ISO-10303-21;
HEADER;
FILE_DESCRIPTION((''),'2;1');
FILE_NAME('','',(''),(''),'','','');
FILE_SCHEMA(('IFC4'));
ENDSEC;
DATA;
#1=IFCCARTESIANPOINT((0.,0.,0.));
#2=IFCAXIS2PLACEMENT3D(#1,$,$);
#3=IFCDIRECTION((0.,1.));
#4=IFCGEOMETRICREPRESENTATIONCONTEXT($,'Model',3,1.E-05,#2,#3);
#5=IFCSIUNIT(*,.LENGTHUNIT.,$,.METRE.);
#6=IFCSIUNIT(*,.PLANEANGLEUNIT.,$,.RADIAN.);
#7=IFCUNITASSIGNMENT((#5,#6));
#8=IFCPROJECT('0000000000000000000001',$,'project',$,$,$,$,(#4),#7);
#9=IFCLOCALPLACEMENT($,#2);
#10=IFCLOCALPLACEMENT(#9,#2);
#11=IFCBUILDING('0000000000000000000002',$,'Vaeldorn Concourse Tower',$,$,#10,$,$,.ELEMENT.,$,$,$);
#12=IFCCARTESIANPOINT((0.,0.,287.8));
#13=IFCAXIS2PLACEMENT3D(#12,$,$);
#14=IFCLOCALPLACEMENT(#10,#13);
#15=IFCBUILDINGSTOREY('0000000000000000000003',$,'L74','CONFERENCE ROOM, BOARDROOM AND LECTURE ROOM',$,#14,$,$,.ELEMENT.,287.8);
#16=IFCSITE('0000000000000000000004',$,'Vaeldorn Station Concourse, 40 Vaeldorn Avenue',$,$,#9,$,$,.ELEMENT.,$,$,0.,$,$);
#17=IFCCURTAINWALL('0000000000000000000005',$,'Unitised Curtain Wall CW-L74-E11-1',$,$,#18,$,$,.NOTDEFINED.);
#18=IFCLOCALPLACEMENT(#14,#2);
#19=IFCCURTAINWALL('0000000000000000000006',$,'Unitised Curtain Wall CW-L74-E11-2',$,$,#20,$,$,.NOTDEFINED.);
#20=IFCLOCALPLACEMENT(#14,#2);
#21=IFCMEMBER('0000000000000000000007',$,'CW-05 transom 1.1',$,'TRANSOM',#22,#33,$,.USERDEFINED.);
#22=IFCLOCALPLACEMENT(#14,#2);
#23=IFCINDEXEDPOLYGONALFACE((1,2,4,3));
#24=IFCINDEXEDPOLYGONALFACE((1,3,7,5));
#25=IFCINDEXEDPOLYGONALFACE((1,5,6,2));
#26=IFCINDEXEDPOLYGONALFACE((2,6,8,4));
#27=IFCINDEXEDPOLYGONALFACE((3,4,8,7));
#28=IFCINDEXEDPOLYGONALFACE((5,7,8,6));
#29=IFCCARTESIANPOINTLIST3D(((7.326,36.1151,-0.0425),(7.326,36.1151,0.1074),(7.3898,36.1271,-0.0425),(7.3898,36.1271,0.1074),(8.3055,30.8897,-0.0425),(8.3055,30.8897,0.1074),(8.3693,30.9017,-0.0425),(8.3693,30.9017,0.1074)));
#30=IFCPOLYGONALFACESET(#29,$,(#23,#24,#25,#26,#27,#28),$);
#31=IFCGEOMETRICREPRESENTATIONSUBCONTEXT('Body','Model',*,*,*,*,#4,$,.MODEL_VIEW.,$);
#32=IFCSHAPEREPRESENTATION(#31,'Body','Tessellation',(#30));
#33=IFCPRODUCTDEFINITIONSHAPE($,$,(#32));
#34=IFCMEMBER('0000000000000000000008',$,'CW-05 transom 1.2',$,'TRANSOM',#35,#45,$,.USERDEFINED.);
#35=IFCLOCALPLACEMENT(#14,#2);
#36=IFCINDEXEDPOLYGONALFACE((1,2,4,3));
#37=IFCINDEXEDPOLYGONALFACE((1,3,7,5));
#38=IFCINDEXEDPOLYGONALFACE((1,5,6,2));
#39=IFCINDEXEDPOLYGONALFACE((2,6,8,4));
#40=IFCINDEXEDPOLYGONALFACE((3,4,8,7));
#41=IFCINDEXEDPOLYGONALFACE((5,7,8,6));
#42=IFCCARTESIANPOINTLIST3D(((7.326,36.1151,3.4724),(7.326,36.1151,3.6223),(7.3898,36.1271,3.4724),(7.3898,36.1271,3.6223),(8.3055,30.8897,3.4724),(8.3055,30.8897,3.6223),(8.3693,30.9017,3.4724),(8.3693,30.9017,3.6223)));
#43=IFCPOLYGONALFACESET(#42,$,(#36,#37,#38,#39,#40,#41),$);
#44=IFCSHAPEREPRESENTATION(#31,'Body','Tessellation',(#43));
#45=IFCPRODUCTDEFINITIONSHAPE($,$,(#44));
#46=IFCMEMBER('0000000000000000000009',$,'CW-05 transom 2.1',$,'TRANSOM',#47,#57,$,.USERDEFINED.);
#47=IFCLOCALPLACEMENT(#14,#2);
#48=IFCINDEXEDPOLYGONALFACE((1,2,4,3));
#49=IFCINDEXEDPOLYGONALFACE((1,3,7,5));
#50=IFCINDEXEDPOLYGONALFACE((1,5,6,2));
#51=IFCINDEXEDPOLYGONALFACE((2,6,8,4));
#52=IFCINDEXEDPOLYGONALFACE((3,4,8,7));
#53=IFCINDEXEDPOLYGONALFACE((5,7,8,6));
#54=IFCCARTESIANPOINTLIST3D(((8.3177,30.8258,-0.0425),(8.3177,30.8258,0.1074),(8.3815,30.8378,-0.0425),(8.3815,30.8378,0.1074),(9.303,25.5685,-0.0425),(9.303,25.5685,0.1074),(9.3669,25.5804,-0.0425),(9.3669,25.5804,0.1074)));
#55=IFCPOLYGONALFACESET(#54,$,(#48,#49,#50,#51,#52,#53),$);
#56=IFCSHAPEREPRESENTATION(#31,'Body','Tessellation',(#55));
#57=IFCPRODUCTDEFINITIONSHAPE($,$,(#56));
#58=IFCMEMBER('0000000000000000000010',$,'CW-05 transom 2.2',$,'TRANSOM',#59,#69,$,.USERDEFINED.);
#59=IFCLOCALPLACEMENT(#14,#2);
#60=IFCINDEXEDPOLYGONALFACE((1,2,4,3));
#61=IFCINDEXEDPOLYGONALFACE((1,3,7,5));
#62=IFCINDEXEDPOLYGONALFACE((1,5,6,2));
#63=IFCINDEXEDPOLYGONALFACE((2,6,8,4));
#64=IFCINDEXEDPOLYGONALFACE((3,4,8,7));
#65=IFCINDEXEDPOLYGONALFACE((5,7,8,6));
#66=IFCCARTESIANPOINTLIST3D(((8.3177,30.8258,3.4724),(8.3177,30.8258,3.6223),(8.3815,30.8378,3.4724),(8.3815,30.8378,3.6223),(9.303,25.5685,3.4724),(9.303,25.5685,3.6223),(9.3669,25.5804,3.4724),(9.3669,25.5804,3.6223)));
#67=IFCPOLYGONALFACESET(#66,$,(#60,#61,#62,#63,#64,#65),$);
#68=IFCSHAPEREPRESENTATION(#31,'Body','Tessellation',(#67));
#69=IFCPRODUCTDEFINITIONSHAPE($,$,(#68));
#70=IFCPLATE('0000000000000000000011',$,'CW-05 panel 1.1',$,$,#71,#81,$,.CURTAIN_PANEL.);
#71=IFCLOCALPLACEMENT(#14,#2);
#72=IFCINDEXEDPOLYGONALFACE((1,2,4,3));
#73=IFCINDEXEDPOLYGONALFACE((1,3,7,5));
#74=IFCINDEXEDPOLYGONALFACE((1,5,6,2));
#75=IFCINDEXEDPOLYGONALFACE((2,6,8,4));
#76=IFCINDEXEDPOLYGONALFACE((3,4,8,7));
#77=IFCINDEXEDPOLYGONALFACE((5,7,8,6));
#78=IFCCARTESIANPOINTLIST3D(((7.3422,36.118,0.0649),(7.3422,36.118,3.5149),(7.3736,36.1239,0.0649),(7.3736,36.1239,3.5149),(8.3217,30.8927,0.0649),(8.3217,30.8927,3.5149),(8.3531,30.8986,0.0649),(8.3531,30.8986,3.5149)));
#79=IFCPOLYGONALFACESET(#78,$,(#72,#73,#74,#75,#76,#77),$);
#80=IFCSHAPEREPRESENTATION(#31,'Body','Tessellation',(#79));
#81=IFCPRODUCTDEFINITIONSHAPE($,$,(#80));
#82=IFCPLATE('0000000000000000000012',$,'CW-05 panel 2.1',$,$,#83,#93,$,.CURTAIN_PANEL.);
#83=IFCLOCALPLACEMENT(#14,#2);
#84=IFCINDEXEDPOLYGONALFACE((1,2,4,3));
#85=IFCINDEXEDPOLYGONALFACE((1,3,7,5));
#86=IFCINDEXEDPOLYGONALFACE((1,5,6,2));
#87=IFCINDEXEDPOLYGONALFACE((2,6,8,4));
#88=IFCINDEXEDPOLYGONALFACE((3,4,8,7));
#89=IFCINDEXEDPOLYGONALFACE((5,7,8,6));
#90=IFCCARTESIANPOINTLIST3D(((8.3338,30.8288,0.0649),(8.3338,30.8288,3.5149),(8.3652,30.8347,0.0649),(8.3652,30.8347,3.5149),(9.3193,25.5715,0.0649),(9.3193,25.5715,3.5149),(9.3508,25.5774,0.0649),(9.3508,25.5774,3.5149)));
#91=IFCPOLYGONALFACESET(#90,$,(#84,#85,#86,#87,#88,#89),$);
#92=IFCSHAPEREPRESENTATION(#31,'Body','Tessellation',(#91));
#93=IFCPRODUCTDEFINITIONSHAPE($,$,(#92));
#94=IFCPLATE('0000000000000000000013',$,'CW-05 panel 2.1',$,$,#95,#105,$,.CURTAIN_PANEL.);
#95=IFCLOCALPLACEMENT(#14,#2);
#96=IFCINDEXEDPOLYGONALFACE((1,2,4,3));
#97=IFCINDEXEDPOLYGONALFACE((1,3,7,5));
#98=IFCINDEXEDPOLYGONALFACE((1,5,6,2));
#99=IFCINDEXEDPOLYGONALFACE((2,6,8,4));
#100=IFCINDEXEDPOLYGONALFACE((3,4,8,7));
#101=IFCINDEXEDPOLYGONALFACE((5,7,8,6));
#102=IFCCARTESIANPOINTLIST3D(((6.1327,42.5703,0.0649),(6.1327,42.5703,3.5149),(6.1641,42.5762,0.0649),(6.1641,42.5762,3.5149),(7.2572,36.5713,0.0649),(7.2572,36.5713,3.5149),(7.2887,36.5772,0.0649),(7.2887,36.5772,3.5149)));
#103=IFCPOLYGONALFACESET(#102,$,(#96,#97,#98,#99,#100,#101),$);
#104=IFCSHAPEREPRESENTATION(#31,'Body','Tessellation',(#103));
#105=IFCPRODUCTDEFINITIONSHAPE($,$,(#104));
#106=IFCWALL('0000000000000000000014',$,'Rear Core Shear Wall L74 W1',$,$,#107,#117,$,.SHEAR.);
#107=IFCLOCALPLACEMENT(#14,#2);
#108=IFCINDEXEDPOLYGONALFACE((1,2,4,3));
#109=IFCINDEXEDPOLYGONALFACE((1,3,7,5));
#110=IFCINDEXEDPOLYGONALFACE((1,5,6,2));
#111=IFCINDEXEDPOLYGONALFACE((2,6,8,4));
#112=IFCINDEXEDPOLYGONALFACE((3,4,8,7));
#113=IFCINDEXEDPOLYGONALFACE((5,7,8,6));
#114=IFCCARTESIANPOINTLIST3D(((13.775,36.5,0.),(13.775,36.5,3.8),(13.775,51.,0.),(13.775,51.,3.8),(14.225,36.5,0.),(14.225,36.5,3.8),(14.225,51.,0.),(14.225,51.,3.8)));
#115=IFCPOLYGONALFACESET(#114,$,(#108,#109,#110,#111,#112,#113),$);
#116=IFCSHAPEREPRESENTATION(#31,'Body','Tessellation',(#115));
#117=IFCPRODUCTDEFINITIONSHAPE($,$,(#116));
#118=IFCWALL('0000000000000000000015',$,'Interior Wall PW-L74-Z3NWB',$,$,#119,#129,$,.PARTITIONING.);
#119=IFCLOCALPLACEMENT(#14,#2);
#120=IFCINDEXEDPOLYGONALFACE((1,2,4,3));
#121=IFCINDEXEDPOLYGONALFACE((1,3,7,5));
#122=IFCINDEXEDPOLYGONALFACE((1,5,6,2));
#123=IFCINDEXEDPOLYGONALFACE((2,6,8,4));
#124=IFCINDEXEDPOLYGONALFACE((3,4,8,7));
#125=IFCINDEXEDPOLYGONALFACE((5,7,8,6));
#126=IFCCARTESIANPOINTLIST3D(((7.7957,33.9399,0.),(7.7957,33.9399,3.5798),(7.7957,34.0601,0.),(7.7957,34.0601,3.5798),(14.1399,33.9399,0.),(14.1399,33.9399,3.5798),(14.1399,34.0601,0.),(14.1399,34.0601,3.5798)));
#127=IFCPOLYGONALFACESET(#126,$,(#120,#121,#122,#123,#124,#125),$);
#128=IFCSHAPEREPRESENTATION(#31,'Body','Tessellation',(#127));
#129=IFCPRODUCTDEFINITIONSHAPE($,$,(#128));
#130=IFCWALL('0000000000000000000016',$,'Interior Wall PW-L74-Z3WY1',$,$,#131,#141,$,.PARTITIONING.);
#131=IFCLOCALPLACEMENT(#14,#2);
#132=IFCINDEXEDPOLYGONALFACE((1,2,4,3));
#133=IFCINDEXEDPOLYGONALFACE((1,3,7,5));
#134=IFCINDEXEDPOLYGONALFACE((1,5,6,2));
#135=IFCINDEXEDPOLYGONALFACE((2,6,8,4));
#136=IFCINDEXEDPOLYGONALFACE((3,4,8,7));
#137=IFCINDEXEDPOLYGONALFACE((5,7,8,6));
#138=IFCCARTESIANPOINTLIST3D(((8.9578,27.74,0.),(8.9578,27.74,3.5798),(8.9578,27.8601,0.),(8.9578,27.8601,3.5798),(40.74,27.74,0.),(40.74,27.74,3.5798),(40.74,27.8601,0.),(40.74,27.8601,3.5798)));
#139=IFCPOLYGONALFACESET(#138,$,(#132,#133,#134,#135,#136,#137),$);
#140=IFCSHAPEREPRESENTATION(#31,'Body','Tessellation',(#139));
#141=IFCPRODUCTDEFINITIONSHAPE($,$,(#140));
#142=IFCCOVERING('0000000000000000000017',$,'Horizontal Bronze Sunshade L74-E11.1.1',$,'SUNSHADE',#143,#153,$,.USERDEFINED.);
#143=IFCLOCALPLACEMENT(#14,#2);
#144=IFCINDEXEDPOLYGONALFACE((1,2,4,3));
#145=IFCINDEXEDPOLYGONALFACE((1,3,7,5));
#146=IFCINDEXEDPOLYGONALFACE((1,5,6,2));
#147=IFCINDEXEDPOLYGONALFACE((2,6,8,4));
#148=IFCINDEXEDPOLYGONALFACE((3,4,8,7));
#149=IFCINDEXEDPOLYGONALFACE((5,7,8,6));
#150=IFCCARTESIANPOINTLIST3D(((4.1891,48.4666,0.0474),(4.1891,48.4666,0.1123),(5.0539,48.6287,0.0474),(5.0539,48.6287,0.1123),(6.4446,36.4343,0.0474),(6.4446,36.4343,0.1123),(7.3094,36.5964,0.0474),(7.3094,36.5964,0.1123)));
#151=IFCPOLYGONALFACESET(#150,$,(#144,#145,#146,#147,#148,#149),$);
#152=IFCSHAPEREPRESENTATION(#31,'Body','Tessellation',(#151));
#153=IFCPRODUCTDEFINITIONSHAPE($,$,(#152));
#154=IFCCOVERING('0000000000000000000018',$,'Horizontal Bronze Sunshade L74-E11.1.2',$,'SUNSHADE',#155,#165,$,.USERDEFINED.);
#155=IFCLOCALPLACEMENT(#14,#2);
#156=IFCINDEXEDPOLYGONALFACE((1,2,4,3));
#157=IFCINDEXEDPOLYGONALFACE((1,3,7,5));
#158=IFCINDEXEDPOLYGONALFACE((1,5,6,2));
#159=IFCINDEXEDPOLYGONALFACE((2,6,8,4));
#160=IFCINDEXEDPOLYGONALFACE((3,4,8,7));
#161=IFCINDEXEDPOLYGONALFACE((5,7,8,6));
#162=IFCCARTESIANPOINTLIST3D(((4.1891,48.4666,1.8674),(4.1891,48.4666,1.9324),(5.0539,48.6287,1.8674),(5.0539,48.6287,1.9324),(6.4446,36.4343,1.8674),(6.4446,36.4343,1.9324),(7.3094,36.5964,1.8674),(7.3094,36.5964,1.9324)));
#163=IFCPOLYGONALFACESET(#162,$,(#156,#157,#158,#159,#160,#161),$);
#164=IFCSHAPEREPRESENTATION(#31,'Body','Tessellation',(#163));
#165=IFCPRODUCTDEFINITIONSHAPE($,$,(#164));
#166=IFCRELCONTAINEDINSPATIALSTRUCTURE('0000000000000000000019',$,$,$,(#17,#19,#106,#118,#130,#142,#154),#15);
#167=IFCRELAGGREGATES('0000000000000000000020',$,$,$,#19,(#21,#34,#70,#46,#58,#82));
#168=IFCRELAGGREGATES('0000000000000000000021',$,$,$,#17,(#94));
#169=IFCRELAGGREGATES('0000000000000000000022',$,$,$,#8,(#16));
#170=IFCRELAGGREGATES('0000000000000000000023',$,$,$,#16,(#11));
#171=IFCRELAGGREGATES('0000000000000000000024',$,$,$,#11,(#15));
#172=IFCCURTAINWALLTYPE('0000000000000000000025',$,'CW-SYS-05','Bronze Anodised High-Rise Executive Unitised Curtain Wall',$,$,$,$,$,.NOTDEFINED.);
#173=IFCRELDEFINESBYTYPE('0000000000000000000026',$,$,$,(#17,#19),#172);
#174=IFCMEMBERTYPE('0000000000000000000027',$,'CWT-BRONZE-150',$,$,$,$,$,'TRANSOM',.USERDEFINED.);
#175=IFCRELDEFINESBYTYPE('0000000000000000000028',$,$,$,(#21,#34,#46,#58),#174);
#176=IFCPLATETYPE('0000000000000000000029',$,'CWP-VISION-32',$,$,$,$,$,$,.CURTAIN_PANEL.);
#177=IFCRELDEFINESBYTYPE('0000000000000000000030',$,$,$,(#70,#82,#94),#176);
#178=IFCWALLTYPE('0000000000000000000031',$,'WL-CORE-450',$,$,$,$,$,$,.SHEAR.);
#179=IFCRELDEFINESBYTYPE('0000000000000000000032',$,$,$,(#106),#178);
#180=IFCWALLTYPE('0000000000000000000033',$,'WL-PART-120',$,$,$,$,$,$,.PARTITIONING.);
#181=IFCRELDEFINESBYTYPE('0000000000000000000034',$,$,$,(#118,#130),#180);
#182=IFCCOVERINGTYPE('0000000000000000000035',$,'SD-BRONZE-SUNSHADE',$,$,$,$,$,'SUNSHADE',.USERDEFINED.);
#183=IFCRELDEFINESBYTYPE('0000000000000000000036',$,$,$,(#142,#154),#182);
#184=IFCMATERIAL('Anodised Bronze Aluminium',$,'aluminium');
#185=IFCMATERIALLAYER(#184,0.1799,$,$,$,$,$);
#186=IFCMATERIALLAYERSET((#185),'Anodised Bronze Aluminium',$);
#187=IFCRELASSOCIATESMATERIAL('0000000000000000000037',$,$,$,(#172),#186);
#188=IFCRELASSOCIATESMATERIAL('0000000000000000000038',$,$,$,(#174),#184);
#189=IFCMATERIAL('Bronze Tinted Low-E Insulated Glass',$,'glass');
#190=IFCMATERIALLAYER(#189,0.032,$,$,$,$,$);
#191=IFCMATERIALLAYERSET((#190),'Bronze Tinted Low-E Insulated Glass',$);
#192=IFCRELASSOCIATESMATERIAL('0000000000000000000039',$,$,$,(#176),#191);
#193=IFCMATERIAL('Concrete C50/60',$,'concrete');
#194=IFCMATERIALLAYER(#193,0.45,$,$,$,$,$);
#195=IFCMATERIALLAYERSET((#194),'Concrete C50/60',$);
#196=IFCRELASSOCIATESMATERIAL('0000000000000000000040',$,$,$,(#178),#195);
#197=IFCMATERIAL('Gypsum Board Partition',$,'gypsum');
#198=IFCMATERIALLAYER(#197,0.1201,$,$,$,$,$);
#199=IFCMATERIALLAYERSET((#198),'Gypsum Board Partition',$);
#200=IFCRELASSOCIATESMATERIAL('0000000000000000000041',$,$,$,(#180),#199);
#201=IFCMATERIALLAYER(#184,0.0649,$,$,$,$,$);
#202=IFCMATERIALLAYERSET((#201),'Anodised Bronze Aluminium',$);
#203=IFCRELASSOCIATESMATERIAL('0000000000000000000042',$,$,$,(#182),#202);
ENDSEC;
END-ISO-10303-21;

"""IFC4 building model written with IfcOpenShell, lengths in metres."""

from ifc_helpers import new_model, si_unit, direction, frame, frame_2d, origin, origin_2d, place, context, subcontext, project, spatial, rectangle, extrude, source, transform, mapped, material, layer, layer_set, material_profile, profile_set, type_object, element, aggregate, save


model = new_model("IFC4")

# Units and contexts
model_context = context("Model", 3, precision=1e-05, world=origin(), true_north=direction((0.0, 1.0)))
body_context = subcontext(model_context, "Body", "Model", "MODEL_VIEW")
ifc_project = project(units=[si_unit("LENGTHUNIT", "METRE"), si_unit("PLANEANGLEUNIT", "RADIAN")], contexts=[model_context])

# Site, building, storey
site_placement = place(None, origin())
site = spatial("IfcSite", under=ifc_project, at=site_placement, Name="Vaeldorn Station Concourse, 40 Vaeldorn Avenue", CompositionType="ELEMENT", RefElevation=0.0)
building_placement = place(site_placement, origin())
building = spatial("IfcBuilding", under=site, at=building_placement, Name="Vaeldorn Concourse Tower", CompositionType="ELEMENT")
storey_placement = place(building_placement, frame((0.0, 0.0, 287.8)))
storey = spatial("IfcBuildingStorey", under=building, at=storey_placement, Name="L74", Description="CONFERENCE ROOM, BOARDROOM AND LECTURE ROOM", CompositionType="ELEMENT", Elevation=287.8)

# Shared definitions
ifc_material_1 = material(Name="Concrete C50/60", Category="concrete")

# Curtain wall
ifc_material_2 = material(Name="Anodised Bronze Aluminium", Category="aluminium")
ifc_layer_1 = layer(ifc_material_2, 0.1799)
ifc_layer_set_1 = layer_set([ifc_layer_1], Name="Anodised Bronze Aluminium")
curtain_wall_type = type_object("IfcCurtainWallType", Name="CW-SYS-05", Description="Bronze Anodised High-Rise Executive Unitised Curtain Wall", PredefinedType="NOTDEFINED", material=ifc_layer_set_1)
curtain_wall_1_placement = place(storey_placement, origin())
curtain_wall_1 = element("IfcCurtainWall", 1, at=curtain_wall_1_placement, inside=storey, type_object=curtain_wall_type, Name="Unitised Curtain Wall CW-L74-E11-1", PredefinedType="NOTDEFINED")

# Curtain wall, members, plates
curtain_wall_2_placement = place(storey_placement, origin())
curtain_wall_2 = element("IfcCurtainWall", 2, at=curtain_wall_2_placement, inside=storey, type_object=curtain_wall_type, Name="Unitised Curtain Wall CW-L74-E11-2", PredefinedType="NOTDEFINED")
ifc_material_profile_1 = material_profile(ifc_material_2, rectangle(XDim=0.0649, YDim=0.1499, at=origin_2d()), Name="CWT 65x150")
ifc_profile_set_1 = profile_set([ifc_material_profile_1], Name="Anodised Bronze Aluminium")
member_type_1 = type_object("IfcMemberType", Name="CWT-BRONZE-150", ElementType="TRANSOM", PredefinedType="USERDEFINED", material=ifc_profile_set_1)
shared_shape_1 = source(origin(), body_context, "Body", "SweptSolid", [
    extrude(rectangle(XDim=0.0649, YDim=0.1499, at=origin_2d()), origin(), (0.0, 0.0, 1.0), 5.3164),
])
member_1_placement = place(storey_placement, frame((7.3579, 36.1211, 0.0325), z_axis=(0.184241, -0.982881, 0.0), x_axis=(0.982881, 0.184241, 0.0)))
member_1 = element("IfcMember", 3, at=member_1_placement, type_object=member_type_1, Name="CW-05 transom 1.1", ObjectType="TRANSOM", PredefinedType="USERDEFINED", context=body_context, shape_type="MappedRepresentation", body=[
    mapped(shared_shape_1, transform((0.0, 0.0, 0.0), scale=1.0)),
])
member_2_placement = place(storey_placement, frame((7.3579, 36.1211, 3.5474), z_axis=(0.184241, -0.982881, 0.0), x_axis=(0.982881, 0.184241, 0.0)))
member_2 = element("IfcMember", 4, at=member_2_placement, type_object=member_type_1, Name="CW-05 transom 1.2", ObjectType="TRANSOM", PredefinedType="USERDEFINED", context=body_context, shape_type="MappedRepresentation", body=[
    mapped(shared_shape_1, transform((0.0, 0.0, 0.0), scale=1.0)),
])
shared_shape_2 = source(origin(), body_context, "Body", "SweptSolid", [
    extrude(rectangle(XDim=0.0649, YDim=0.1499, at=origin_2d()), origin(), (0.0, 0.0, 1.0), 5.3489),
])
member_3_placement = place(storey_placement, frame((8.3496, 30.8318, 0.0325), z_axis=(0.184217, -0.982886, 0.0), x_axis=(0.982886, 0.184217, 0.0)))
member_3 = element("IfcMember", 5, at=member_3_placement, type_object=member_type_1, Name="CW-05 transom 2.1", ObjectType="TRANSOM", PredefinedType="USERDEFINED", context=body_context, shape_type="MappedRepresentation", body=[
    mapped(shared_shape_2, transform((0.0, 0.0, 0.0), scale=1.0)),
])
member_4_placement = place(storey_placement, frame((8.3496, 30.8318, 3.5474), z_axis=(0.184217, -0.982886, 0.0), x_axis=(0.982886, 0.184217, 0.0)))
member_4 = element("IfcMember", 6, at=member_4_placement, type_object=member_type_1, Name="CW-05 transom 2.2", ObjectType="TRANSOM", PredefinedType="USERDEFINED", context=body_context, shape_type="MappedRepresentation", body=[
    mapped(shared_shape_2, transform((0.0, 0.0, 0.0), scale=1.0)),
])
ifc_material_3 = material(Name="Bronze Tinted Low-E Insulated Glass", Category="glass")
ifc_layer_2 = layer(ifc_material_3, 0.032)
ifc_layer_set_2 = layer_set([ifc_layer_2], Name="Bronze Tinted Low-E Insulated Glass")
plate_type = type_object("IfcPlateType", Name="CWP-VISION-32", PredefinedType="CURTAIN_PANEL", material=ifc_layer_set_2)
shared_shape_3 = source(origin(), body_context, "Body", "SweptSolid", [
    extrude(rectangle(XDim=5.3164, YDim=0.032, at=origin_2d()), origin(), (0.0, 0.0, 1.0), 3.45),
])
plate_1_placement = place(storey_placement, frame((7.8477, 33.5083, 0.0649), z_axis=(0.0, 0.0, 1.0), x_axis=(0.184247, -0.98288, 0.0)))
plate_1 = element("IfcPlate", 7, at=plate_1_placement, type_object=plate_type, Name="CW-05 panel 1.1", PredefinedType="CURTAIN_PANEL", context=body_context, shape_type="MappedRepresentation", body=[
    mapped(shared_shape_3, transform((0.0, 0.0, 0.0), scale=1.0)),
])
shared_shape_4 = source(origin(), body_context, "Body", "SweptSolid", [
    extrude(rectangle(XDim=5.3489, YDim=0.032, at=origin_2d()), origin(), (0.0, 0.0, 1.0), 3.45),
])
plate_2_placement = place(storey_placement, frame((8.8423, 28.2031, 0.0649), z_axis=(0.0, 0.0, 1.0), x_axis=(0.184247, -0.98288, 0.0)))
plate_2 = element("IfcPlate", 8, at=plate_2_placement, type_object=plate_type, Name="CW-05 panel 2.1", PredefinedType="CURTAIN_PANEL", context=body_context, shape_type="MappedRepresentation", body=[
    mapped(shared_shape_4, transform((0.0, 0.0, 0.0), scale=1.0)),
])
aggregate(curtain_wall_2, [member_1, member_2, plate_1, member_3, member_4, plate_2])

# Plate
shared_shape_5 = source(origin(), body_context, "Body", "SweptSolid", [
    extrude(rectangle(XDim=6.1035, YDim=0.032, at=origin_2d()), origin(), (0.0, 0.0, 1.0), 3.45),
])
plate_3_placement = place(storey_placement, frame((6.7107, 39.5737, 0.0649), z_axis=(0.0, 0.0, 1.0), x_axis=(0.184246, -0.98288, 0.0)))
plate_3 = element("IfcPlate", 9, at=plate_3_placement, type_object=plate_type, Name="CW-05 panel 2.1", PredefinedType="CURTAIN_PANEL", context=body_context, shape_type="MappedRepresentation", body=[
    mapped(shared_shape_5, transform((0.0, 0.0, 0.0), scale=1.0)),
])
aggregate(curtain_wall_1, [plate_3])

# Walls
ifc_layer_3 = layer(ifc_material_1, 0.45)
ifc_layer_set_3 = layer_set([ifc_layer_3], Name="Concrete C50/60")
wall_type_1 = type_object("IfcWallType", Name="WL-CORE-450", PredefinedType="SHEAR", material=ifc_layer_set_3)
wall_1_placement = place(storey_placement, frame((14.0, 36.5, 0.0), z_axis=(0.0, 0.0, 1.0), x_axis=(0.0, 1.0, 0.0)))
element("IfcWall", 10, at=wall_1_placement, inside=storey, type_object=wall_type_1, Name="Rear Core Shear Wall L74 W1", PredefinedType="SHEAR", context=body_context, shape_type="SweptSolid", body=[
    extrude(rectangle(XDim=14.5, YDim=0.45, at=frame_2d((7.25, 0.0))), origin(), (0.0, 0.0, 1.0), 3.8),
])
ifc_material_4 = material(Name="Gypsum Board Partition", Category="gypsum")
ifc_layer_4 = layer(ifc_material_4, 0.1201)
ifc_layer_set_4 = layer_set([ifc_layer_4], Name="Gypsum Board Partition")
wall_type_2 = type_object("IfcWallType", Name="WL-PART-120", PredefinedType="PARTITIONING", material=ifc_layer_set_4)
wall_2_placement = place(storey_placement, frame((7.7957, 34.0, 0.0), z_axis=(0.0, 0.0, 1.0), x_axis=(1.0, 0.0, 0.0)))
element("IfcWall", 11, at=wall_2_placement, inside=storey, type_object=wall_type_2, Name="Interior Wall PW-L74-Z3NWB", PredefinedType="PARTITIONING", context=body_context, shape_type="SweptSolid", body=[
    extrude(rectangle(XDim=6.3442, YDim=0.1201, at=frame_2d((3.1721, 0.0))), origin(), (0.0, 0.0, 1.0), 3.5798),
])
wall_3_placement = place(storey_placement, frame((8.9578, 27.8, 0.0), z_axis=(0.0, 0.0, 1.0), x_axis=(1.0, 0.0, 0.0)))
element("IfcWall", 12, at=wall_3_placement, inside=storey, type_object=wall_type_2, Name="Interior Wall PW-L74-Z3WY1", PredefinedType="PARTITIONING", context=body_context, shape_type="SweptSolid", body=[
    extrude(rectangle(XDim=31.7822, YDim=0.1201, at=frame_2d((15.8911, 0.0))), origin(), (0.0, 0.0, 1.0), 3.5798),
])

# Coverings
ifc_layer_5 = layer(ifc_material_2, 0.0649)
ifc_layer_set_5 = layer_set([ifc_layer_5], Name="Anodised Bronze Aluminium")
covering_type = type_object("IfcCoveringType", Name="SD-BRONZE-SUNSHADE", ElementType="SUNSHADE", PredefinedType="USERDEFINED", material=ifc_layer_set_5)
shared_shape_6 = source(origin(), body_context, "Body", "SweptSolid", [
    extrude(rectangle(XDim=12.2419, YDim=0.8799, at=origin_2d()), origin(), (0.0, 0.0, 1.0), 0.0649),
])
for number, where, z_axis, x_axis, name in (
    (13, (5.7493, 42.5315, 0.0474), (0.0, 0.0, 1.0), (0.184243, -0.982881, 0.0), "Horizontal Bronze Sunshade L74-E11.1.1"),
    (14, (5.7493, 42.5315, 1.8674), (0.0, 0.0, 1.0), (0.184243, -0.982881, 0.0), "Horizontal Bronze Sunshade L74-E11.1.2"),
):
    element("IfcCovering", number, at=place(storey_placement, frame(where, z_axis=z_axis, x_axis=x_axis)), inside=storey, type_object=covering_type, Name=name, ObjectType="SUNSHADE", PredefinedType="USERDEFINED", context=body_context, shape_type="MappedRepresentation", body=[
        mapped(shared_shape_6, transform((0.0, 0.0, 0.0), scale=1.0)),
    ])

save(model, "model.ifc")
